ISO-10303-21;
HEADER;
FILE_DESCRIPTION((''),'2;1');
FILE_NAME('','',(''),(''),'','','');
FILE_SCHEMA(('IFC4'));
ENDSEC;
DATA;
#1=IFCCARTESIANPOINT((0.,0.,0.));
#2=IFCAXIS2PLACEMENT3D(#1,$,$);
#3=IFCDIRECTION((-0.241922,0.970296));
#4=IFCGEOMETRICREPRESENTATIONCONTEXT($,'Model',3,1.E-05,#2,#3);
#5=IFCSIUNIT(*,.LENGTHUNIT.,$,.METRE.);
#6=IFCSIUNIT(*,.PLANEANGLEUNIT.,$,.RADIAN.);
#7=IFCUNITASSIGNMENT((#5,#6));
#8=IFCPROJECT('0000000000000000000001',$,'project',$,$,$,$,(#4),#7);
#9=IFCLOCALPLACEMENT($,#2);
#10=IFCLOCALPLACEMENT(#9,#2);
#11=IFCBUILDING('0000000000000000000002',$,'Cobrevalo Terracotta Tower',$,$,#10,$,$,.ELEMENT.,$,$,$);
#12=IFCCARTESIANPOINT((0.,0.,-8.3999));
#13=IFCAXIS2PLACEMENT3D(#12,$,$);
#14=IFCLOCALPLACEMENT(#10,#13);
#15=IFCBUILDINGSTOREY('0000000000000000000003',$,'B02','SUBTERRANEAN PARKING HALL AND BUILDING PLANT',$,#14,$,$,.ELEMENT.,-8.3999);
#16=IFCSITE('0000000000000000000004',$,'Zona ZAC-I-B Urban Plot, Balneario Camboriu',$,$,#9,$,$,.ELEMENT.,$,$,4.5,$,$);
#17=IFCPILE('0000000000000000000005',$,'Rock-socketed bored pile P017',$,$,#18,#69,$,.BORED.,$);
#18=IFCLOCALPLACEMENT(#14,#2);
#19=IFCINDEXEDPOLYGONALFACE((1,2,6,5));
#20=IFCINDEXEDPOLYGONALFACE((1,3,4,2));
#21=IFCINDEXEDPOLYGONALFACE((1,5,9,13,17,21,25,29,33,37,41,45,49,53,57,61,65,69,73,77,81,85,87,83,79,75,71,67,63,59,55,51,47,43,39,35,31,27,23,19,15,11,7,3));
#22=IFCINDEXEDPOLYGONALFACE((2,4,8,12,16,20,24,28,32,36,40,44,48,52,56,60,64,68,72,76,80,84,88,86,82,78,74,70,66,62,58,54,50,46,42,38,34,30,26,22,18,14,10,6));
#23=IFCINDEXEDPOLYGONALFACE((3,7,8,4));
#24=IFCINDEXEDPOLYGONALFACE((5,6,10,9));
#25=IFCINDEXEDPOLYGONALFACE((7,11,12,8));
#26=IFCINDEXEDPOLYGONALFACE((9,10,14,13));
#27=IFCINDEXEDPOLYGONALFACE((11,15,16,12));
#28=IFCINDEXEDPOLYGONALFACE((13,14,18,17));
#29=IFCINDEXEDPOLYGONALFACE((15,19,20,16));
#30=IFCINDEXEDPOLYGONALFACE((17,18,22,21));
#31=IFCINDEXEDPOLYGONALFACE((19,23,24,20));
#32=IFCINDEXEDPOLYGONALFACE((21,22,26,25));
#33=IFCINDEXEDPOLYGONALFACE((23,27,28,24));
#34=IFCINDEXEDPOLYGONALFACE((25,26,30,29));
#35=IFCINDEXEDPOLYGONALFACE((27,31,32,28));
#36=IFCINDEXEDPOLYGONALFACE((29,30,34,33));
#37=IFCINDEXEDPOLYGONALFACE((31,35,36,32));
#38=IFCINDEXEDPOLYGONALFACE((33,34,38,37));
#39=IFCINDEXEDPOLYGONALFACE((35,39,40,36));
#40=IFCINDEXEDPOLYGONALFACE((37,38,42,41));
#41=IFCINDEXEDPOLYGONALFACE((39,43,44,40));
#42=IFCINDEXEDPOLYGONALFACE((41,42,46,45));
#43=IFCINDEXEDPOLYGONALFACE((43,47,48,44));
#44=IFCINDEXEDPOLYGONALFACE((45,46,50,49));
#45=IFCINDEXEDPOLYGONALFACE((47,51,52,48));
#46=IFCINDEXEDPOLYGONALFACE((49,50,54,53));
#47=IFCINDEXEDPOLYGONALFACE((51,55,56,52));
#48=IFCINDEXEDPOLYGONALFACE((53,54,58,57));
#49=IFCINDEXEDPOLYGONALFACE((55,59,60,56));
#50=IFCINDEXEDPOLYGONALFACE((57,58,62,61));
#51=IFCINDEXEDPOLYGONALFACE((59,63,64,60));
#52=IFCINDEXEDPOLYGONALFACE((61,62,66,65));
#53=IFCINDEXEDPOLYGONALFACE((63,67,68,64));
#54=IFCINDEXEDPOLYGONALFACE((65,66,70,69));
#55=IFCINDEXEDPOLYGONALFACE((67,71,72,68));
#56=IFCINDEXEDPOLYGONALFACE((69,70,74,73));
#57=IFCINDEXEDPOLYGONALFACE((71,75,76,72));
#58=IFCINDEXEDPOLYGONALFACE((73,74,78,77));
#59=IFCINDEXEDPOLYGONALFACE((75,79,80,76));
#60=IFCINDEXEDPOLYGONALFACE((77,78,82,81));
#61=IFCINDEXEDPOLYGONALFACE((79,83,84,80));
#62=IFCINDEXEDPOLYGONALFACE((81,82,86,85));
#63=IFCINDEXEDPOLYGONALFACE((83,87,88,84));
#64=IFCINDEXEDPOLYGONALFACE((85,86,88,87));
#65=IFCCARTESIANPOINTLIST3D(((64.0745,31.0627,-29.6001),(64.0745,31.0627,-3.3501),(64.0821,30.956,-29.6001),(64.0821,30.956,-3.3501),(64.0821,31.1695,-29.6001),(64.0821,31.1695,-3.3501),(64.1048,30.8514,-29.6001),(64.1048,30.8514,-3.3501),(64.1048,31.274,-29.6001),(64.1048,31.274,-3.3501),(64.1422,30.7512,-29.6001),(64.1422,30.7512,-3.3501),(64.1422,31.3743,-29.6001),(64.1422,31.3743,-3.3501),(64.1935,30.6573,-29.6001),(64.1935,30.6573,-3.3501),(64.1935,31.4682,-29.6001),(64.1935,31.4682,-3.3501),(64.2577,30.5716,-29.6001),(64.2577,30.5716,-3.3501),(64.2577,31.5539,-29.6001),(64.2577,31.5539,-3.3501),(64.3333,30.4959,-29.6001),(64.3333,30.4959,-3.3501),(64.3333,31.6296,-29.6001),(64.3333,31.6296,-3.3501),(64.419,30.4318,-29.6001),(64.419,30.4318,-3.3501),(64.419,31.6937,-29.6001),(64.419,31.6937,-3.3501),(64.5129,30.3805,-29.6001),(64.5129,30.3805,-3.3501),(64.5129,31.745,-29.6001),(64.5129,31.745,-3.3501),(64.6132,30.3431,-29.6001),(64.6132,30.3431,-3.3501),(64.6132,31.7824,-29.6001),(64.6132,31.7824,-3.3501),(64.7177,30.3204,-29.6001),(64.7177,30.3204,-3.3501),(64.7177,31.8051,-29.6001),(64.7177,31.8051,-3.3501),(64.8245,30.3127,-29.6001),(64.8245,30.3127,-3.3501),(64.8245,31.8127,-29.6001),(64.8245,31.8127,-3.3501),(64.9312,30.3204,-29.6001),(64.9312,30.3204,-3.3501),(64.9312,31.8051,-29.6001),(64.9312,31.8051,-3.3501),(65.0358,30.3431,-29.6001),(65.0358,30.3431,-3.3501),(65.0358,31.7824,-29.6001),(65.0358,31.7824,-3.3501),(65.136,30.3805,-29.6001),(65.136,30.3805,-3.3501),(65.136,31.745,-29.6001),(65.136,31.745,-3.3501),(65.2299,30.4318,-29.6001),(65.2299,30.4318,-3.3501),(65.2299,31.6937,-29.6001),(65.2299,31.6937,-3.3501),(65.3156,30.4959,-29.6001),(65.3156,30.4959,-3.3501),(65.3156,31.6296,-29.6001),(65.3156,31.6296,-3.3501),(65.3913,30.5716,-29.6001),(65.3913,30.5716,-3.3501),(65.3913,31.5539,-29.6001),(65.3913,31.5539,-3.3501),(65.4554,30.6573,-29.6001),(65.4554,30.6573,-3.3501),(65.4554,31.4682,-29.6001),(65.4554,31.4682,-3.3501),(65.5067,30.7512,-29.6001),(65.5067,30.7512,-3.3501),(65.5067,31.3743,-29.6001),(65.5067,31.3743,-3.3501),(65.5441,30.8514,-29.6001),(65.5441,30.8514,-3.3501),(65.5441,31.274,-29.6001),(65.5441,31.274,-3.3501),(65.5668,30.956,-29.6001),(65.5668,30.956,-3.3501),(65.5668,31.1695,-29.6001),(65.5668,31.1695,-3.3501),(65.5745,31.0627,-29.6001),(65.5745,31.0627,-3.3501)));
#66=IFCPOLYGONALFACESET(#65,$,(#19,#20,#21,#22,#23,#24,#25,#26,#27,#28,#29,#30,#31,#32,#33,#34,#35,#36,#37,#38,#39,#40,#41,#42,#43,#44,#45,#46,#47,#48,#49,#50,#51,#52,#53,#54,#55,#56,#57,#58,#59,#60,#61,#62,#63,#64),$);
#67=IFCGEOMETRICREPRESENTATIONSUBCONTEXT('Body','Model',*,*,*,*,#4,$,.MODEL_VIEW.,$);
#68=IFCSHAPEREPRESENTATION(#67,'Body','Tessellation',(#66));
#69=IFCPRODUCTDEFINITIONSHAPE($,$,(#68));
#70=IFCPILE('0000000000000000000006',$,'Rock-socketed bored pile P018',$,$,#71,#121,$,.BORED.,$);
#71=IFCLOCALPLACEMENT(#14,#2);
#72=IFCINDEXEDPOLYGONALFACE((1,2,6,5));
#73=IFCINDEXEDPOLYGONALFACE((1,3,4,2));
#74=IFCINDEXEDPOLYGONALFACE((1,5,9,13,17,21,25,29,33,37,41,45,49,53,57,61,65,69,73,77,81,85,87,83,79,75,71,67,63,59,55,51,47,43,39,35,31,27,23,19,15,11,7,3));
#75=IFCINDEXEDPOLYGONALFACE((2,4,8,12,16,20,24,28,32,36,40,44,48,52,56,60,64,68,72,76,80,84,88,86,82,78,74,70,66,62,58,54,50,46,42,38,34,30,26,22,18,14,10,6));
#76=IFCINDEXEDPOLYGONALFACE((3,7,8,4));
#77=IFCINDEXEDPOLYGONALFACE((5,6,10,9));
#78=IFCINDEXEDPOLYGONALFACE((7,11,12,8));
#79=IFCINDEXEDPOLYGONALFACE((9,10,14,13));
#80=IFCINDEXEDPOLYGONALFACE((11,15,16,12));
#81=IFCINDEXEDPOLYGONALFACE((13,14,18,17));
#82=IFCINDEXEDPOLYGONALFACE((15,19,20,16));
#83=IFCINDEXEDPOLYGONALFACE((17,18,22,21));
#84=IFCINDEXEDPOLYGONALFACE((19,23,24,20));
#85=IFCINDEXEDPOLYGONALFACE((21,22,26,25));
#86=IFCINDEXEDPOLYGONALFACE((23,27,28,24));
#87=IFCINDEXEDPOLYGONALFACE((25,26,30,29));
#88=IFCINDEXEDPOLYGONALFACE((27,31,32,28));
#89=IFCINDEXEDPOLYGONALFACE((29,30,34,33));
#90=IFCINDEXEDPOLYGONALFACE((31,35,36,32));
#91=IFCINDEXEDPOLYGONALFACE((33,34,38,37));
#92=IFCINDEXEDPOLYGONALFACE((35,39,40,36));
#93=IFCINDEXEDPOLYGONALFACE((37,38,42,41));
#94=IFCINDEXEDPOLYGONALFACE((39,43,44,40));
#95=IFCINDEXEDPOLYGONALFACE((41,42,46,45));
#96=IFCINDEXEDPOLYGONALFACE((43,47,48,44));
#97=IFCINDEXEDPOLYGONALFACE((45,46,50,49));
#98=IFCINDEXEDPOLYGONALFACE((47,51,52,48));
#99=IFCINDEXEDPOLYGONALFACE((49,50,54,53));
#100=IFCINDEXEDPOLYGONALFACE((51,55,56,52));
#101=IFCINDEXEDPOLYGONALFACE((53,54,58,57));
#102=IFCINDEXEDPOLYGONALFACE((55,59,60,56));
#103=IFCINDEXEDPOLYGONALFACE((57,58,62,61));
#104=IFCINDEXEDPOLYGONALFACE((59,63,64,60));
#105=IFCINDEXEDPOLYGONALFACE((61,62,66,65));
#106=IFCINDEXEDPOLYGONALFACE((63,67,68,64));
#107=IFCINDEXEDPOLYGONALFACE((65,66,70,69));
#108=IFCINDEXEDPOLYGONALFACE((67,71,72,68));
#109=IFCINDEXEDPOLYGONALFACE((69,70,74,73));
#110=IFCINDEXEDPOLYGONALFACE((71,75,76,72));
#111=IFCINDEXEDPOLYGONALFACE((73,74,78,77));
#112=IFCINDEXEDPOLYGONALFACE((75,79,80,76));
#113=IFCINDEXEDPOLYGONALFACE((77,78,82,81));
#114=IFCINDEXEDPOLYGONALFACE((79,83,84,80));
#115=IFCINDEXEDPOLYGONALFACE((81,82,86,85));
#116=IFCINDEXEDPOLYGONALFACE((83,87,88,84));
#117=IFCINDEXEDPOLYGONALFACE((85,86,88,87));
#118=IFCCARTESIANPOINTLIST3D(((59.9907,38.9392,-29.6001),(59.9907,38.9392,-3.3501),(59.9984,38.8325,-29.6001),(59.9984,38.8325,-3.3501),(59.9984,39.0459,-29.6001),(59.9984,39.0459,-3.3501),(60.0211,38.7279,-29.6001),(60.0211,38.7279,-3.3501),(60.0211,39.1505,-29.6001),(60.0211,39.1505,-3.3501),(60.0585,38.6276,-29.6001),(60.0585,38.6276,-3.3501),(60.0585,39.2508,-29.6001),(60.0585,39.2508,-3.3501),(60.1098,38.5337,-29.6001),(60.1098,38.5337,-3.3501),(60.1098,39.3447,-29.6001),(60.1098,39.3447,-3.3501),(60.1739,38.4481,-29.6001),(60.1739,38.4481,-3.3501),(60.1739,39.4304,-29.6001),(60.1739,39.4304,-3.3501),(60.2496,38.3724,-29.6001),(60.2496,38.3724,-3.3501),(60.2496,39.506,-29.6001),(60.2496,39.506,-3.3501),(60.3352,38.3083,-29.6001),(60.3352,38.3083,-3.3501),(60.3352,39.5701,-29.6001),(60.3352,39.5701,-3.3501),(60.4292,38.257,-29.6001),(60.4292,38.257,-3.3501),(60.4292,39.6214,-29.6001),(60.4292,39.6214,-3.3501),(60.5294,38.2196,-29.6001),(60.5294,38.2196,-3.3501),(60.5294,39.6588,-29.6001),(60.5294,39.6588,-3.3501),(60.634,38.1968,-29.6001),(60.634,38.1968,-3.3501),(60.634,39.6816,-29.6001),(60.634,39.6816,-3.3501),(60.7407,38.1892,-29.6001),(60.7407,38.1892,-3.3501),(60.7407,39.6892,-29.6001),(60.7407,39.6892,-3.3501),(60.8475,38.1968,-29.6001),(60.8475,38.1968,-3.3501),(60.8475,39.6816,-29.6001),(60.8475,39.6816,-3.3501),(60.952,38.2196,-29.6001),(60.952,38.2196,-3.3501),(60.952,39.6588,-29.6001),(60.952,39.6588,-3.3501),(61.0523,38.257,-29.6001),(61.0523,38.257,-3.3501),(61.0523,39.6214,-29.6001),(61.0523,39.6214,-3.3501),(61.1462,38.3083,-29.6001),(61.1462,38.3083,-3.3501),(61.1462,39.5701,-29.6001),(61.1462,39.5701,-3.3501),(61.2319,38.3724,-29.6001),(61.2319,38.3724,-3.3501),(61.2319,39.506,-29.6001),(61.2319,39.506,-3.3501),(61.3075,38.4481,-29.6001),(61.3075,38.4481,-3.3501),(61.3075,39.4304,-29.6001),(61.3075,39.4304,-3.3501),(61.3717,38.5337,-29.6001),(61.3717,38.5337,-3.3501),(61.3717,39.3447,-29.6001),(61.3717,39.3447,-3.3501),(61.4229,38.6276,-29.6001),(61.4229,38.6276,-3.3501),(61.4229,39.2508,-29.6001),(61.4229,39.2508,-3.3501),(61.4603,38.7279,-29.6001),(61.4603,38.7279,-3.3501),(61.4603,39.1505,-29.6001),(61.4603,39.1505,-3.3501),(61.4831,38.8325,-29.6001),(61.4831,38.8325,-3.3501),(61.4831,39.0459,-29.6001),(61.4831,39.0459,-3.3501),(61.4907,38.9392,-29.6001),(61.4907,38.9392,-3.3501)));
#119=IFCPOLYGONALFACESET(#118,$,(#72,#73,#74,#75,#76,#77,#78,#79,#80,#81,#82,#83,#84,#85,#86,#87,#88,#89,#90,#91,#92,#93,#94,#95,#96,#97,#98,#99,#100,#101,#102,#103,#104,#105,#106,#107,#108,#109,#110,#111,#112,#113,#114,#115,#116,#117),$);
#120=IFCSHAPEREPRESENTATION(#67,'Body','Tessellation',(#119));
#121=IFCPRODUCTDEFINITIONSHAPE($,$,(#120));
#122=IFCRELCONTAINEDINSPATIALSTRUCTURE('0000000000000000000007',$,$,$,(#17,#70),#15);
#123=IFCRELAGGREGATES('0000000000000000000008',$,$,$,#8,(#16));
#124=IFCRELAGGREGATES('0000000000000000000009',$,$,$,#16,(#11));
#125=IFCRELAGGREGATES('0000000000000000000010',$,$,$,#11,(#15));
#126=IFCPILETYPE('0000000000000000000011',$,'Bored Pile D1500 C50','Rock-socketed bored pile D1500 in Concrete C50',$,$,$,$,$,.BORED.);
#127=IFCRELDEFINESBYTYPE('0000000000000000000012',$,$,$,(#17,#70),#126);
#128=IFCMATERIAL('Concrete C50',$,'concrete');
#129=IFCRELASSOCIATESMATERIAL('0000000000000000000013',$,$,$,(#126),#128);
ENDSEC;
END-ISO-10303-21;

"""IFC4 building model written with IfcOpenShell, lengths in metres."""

from ifc_helpers import new_model, si_unit, direction, frame, origin, origin_2d, place, context, subcontext, project, spatial, circle, extrude, material, material_profile, profile_set, type_object, element, save


model = new_model("IFC4")

# Units and contexts
model_context = context("Model", 3, precision=1e-05, world=origin(), true_north=direction((-0.241922, 0.970296)))
body_context = subcontext(model_context, "Body", "Model", "MODEL_VIEW")
ifc_project = project(units=[si_unit("LENGTHUNIT", "METRE"), si_unit("PLANEANGLEUNIT", "RADIAN")], contexts=[model_context])

# Site, building, storey
site_placement = place(None, origin())
site = spatial("IfcSite", under=ifc_project, at=site_placement, Name="Zona ZAC-I-B Urban Plot, Balneario Camboriu", CompositionType="ELEMENT", RefElevation=4.5)
building_placement = place(site_placement, origin())
building = spatial("IfcBuilding", under=site, at=building_placement, Name="Cobrevalo Terracotta Tower", CompositionType="ELEMENT")
storey_placement = place(building_placement, frame((0.0, 0.0, -8.3999)))
storey = spatial("IfcBuildingStorey", under=building, at=storey_placement, Name="B02", Description="SUBTERRANEAN PARKING HALL AND BUILDING PLANT", CompositionType="ELEMENT", Elevation=-8.3999)

# Piles
ifc_material_1 = material(Name="Concrete C50", Category="concrete")
ifc_material_profile_1 = material_profile(ifc_material_1, circle(Radius=0.75, at=origin_2d()), Name="PILE D1500")
ifc_profile_set_1 = profile_set([ifc_material_profile_1], Name="Concrete C50")
pile_type_1 = type_object("IfcPileType", Name="Bored Pile D1500 C50", Description="Rock-socketed bored pile D1500 in Concrete C50", PredefinedType="BORED", material=ifc_profile_set_1)
for number, where, z_axis, x_axis, name in (
    (1, (64.8245, 31.0627, -3.3501), (0.0, 0.0, -1.0), (1.0, 0.0, 0.0), "Rock-socketed bored pile P017"),
    (2, (60.7407, 38.9392, -3.3501), (0.0, 0.0, -1.0), (1.0, 0.0, 0.0), "Rock-socketed bored pile P018"),
):
    element("IfcPile", number, at=place(storey_placement, frame(where, z_axis=z_axis, x_axis=x_axis)), inside=storey, type_object=pile_type_1, Name=name, PredefinedType="BORED", context=body_context, shape_type="SweptSolid", body=[
        extrude(circle(Radius=0.75, at=origin_2d()), origin(), (0.0, 0.0, 1.0), 26.25),
    ])

save(model, "model.ifc")
